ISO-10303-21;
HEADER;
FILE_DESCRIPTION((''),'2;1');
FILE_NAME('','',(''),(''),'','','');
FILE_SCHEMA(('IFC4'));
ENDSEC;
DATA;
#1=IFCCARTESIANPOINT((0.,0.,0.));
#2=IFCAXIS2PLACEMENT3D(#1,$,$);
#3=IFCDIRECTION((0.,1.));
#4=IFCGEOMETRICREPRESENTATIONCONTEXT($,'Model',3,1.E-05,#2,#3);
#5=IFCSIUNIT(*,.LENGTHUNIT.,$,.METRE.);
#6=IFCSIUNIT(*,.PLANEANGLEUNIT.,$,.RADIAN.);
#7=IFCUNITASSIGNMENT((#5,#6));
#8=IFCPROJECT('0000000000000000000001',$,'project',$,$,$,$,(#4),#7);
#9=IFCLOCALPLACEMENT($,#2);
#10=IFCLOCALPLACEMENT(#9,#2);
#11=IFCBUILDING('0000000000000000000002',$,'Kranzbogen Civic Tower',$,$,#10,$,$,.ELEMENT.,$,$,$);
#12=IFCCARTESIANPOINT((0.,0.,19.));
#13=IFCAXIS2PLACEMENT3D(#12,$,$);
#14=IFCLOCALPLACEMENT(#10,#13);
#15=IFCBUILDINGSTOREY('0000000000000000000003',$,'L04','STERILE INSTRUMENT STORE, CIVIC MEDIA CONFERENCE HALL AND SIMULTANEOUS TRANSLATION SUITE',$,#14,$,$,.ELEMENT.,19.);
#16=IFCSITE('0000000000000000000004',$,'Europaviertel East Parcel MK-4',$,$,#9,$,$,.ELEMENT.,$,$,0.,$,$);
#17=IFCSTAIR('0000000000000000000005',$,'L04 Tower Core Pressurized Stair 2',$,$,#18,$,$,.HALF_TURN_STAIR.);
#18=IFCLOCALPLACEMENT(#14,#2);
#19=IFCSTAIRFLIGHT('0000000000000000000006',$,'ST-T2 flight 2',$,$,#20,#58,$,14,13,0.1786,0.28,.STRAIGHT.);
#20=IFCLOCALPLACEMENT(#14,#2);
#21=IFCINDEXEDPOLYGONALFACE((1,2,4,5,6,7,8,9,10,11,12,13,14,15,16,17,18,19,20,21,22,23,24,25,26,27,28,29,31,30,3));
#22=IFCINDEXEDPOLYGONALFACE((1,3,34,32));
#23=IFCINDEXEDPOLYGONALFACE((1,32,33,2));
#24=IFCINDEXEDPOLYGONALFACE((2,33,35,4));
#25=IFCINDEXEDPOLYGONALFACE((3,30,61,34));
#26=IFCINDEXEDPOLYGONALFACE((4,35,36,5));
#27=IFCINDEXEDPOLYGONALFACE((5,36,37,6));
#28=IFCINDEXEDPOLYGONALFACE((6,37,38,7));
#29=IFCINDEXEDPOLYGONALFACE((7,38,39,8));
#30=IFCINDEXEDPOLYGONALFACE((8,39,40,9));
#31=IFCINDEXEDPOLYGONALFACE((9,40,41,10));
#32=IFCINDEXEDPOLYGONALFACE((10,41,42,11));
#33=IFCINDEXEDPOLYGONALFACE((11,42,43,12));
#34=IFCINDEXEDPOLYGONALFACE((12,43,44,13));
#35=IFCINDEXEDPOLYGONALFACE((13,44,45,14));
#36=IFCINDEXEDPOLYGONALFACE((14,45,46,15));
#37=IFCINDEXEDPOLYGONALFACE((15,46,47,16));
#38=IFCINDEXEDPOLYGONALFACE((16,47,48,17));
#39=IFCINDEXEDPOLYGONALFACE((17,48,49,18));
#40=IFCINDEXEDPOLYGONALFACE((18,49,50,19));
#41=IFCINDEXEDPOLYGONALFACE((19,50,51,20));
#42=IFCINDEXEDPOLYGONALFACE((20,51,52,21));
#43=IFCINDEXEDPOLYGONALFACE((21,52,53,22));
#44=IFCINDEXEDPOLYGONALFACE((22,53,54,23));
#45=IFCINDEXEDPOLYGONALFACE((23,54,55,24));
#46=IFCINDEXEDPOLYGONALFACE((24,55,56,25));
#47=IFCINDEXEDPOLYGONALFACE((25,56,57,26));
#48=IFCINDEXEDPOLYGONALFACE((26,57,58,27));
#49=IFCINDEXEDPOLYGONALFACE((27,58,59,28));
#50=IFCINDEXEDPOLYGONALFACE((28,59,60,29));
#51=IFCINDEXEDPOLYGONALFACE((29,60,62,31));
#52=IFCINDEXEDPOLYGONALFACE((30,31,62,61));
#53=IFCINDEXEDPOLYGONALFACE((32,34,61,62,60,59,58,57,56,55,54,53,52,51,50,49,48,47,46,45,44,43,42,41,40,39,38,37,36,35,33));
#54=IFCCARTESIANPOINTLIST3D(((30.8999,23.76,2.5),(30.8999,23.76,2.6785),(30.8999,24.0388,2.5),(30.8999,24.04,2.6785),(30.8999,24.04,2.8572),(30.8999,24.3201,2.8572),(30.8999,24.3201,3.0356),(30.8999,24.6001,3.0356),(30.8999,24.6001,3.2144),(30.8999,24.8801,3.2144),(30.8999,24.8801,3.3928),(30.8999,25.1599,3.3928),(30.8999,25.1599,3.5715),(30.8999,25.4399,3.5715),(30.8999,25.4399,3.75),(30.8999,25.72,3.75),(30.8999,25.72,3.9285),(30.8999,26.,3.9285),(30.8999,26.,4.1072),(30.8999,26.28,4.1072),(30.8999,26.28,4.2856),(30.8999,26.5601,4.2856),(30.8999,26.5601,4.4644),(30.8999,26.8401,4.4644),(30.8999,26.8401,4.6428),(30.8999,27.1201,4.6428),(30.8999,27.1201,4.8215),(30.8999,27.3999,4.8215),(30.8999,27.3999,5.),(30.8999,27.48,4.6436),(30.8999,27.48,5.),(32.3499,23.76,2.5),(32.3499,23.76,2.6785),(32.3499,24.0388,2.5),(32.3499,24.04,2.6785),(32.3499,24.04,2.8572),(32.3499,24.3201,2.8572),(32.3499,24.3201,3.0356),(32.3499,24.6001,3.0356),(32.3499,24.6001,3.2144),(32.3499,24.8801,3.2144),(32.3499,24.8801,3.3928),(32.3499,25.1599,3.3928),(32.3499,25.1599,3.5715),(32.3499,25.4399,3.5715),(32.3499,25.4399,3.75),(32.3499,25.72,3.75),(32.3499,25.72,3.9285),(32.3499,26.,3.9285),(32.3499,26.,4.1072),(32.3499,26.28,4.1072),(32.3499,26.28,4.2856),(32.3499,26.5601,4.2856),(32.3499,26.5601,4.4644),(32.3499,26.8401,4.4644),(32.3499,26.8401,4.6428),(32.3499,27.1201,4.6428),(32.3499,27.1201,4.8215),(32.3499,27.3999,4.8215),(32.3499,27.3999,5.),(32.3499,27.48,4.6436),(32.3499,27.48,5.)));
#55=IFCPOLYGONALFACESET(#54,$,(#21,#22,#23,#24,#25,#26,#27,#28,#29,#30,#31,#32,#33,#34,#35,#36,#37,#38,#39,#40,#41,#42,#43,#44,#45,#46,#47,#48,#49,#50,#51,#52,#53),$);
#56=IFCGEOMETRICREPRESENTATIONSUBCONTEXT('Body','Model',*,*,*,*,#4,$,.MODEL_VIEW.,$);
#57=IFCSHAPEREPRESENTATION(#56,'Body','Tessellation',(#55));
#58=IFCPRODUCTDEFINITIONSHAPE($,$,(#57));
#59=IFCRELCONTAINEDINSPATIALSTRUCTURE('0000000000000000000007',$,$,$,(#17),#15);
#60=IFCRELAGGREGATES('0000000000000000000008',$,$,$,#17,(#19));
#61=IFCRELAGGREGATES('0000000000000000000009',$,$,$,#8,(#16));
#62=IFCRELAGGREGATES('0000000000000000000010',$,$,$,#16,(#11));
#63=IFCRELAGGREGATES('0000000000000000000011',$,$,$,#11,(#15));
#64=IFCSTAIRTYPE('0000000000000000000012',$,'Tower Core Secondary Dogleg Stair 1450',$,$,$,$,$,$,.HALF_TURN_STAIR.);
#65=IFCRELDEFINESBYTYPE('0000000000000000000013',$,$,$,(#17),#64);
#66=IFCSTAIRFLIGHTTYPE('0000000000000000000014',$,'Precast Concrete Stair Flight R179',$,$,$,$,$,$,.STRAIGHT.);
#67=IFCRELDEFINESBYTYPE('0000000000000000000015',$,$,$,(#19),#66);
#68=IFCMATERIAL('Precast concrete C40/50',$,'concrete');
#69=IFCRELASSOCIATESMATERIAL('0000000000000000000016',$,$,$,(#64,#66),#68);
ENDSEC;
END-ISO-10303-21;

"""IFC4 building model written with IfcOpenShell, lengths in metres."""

from ifc_helpers import new_model, si_unit, direction, frame, origin, place, context, subcontext, project, spatial, polyline, outline, extrude, material, type_object, element, aggregate, save


model = new_model("IFC4")

# Units and contexts
model_context = context("Model", 3, precision=1e-05, world=origin(), true_north=direction((0.0, 1.0)))
body_context = subcontext(model_context, "Body", "Model", "MODEL_VIEW")
ifc_project = project(units=[si_unit("LENGTHUNIT", "METRE"), si_unit("PLANEANGLEUNIT", "RADIAN")], contexts=[model_context])

# Site, building, storey
site_placement = place(None, origin())
site = spatial("IfcSite", under=ifc_project, at=site_placement, Name="Europaviertel East Parcel MK-4", CompositionType="ELEMENT", RefElevation=0.0)
building_placement = place(site_placement, origin())
building = spatial("IfcBuilding", under=site, at=building_placement, Name="Kranzbogen Civic Tower", CompositionType="ELEMENT")
storey_placement = place(building_placement, frame((0.0, 0.0, 19.0)))
storey = spatial("IfcBuildingStorey", under=building, at=storey_placement, Name="L04", Description="STERILE INSTRUMENT STORE, CIVIC MEDIA CONFERENCE HALL AND SIMULTANEOUS TRANSLATION SUITE", CompositionType="ELEMENT", Elevation=19.0)

# Stair, stair flight
ifc_material_1 = material(Name="Precast concrete C40/50", Category="concrete")
stair_type = type_object("IfcStairType", Name="Tower Core Secondary Dogleg Stair 1450", PredefinedType="HALF_TURN_STAIR", material=ifc_material_1)
stair_placement = place(storey_placement, origin())
stair = element("IfcStair", 1, at=stair_placement, inside=storey, type_object=stair_type, Name="L04 Tower Core Pressurized Stair 2", PredefinedType="HALF_TURN_STAIR")
stair_flight_type = type_object("IfcStairFlightType", Name="Precast Concrete Stair Flight R179", PredefinedType="STRAIGHT", material=ifc_material_1)
stair_flight_1_placement = place(storey_placement, frame((31.625, 23.76, 2.5), z_axis=(0.0, 0.0, 1.0), x_axis=(0.0, 1.0, 0.0)))
stair_flight_1 = element("IfcStairFlight", 2, at=stair_flight_1_placement, type_object=stair_flight_type, Name="ST-T2 flight 2", NumberOfRisers=14, NumberOfTreads=13, PredefinedType="STRAIGHT", RiserHeight=0.1786, TreadLength=0.28, context=body_context, shape_type="SweptSolid", body=[
    extrude(outline(polyline([(0.0, 0.0), (0.0, 0.1785), (0.28, 0.1785), (0.28, 0.3572), (0.5601, 0.3572), (0.5601, 0.5356), (0.8401, 0.5356), (0.8401, 0.7144), (1.1201, 0.7144), (1.1201, 0.8928), (1.3999, 0.8928), (1.3999, 1.0715), (1.6799, 1.0715), (1.6799, 1.25), (1.96, 1.25), (1.96, 1.4285), (2.24, 1.4285), (2.24, 1.6072), (2.52, 1.6072), (2.52, 1.7856), (2.8, 1.7856), (2.8, 1.9644), (3.0801, 1.9644), (3.0801, 2.1428), (3.3601, 2.1428), (3.3601, 2.3215), (3.6399, 2.3215), (3.6399, 2.5), (3.72, 2.5), (3.72, 2.1436), (0.2788, 0.0), (0.0, 0.0)])), frame((0.0, 0.7251, 0.0), z_axis=(0.0, -1.0, 0.0), x_axis=(1.0, 0.0, 0.0)), (0.0, 0.0, 1.0), 1.45),
])
aggregate(stair, [stair_flight_1])

save(model, "model.ifc")
